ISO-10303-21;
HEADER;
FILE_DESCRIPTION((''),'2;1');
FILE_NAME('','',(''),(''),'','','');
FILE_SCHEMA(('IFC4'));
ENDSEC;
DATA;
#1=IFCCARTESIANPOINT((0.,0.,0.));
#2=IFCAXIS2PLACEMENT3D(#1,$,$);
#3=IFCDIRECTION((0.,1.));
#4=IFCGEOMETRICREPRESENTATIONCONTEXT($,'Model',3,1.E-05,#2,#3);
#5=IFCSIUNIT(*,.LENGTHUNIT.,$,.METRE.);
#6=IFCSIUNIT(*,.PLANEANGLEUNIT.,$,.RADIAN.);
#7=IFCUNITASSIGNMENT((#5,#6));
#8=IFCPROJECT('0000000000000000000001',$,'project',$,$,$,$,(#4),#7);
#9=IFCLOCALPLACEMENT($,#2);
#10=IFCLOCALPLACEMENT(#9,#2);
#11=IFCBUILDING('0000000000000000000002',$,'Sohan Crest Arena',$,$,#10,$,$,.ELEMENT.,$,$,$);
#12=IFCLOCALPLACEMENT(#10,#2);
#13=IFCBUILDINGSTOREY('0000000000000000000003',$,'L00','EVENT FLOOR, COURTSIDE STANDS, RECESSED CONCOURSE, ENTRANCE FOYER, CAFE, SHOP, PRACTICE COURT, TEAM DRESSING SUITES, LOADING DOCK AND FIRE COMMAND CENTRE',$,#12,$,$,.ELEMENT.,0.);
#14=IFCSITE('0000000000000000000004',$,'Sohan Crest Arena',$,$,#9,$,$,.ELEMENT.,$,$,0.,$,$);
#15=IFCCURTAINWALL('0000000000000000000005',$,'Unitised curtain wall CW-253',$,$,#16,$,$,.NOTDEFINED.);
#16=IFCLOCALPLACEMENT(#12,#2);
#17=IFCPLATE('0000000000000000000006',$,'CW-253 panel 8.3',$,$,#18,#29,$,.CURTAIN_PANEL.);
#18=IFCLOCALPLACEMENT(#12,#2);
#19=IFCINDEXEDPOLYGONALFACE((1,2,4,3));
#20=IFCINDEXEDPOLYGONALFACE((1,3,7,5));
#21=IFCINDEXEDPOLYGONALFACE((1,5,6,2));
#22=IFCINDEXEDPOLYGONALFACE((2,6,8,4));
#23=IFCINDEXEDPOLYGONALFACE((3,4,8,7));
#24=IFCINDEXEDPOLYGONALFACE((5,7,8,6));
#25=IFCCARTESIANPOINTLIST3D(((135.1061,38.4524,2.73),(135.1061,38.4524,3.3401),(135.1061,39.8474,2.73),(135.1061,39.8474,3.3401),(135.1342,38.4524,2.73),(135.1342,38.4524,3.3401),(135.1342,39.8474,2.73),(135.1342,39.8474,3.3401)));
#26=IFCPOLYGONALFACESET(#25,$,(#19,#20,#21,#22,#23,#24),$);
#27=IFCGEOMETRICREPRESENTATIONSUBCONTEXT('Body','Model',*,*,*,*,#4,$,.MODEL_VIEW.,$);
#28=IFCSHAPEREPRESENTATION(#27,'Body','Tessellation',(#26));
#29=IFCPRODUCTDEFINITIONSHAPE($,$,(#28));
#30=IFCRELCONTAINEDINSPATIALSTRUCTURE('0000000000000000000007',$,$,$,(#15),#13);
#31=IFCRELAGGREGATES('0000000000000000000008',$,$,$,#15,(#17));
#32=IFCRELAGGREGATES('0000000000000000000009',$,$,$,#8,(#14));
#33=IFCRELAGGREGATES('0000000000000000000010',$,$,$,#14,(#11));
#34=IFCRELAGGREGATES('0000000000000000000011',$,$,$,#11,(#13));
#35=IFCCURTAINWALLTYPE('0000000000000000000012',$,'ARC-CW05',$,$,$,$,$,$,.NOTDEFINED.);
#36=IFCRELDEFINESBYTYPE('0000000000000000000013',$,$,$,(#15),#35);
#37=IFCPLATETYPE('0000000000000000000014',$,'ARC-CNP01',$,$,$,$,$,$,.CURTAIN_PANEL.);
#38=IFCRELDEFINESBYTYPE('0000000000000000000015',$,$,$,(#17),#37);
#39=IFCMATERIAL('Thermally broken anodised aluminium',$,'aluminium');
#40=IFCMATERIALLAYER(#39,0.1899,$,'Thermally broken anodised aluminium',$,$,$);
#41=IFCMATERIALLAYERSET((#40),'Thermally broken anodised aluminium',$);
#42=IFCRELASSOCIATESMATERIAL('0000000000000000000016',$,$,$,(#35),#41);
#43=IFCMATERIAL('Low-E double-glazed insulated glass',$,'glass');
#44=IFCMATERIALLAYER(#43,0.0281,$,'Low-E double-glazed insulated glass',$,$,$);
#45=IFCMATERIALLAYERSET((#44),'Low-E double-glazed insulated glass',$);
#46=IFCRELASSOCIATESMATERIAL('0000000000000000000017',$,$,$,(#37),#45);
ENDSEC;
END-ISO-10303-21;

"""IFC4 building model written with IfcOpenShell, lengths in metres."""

from ifc_helpers import new_model, si_unit, direction, frame, origin, origin_2d, place, context, subcontext, project, spatial, rectangle, extrude, material, layer, layer_set, type_object, element, aggregate, save


model = new_model("IFC4")

# Units and contexts
model_context = context("Model", 3, precision=1e-05, world=origin(), true_north=direction((0.0, 1.0)))
body_context = subcontext(model_context, "Body", "Model", "MODEL_VIEW")
ifc_project = project(units=[si_unit("LENGTHUNIT", "METRE"), si_unit("PLANEANGLEUNIT", "RADIAN")], contexts=[model_context])

# Site, building, storey
site_placement = place(None, origin())
site = spatial("IfcSite", under=ifc_project, at=site_placement, Name="Sohan Crest Arena", CompositionType="ELEMENT", RefElevation=0.0)
building_placement = place(site_placement, origin())
building = spatial("IfcBuilding", under=site, at=building_placement, Name="Sohan Crest Arena", CompositionType="ELEMENT")
storey_placement = place(building_placement, origin())
storey = spatial("IfcBuildingStorey", under=building, at=storey_placement, Name="L00", Description="EVENT FLOOR, COURTSIDE STANDS, RECESSED CONCOURSE, ENTRANCE FOYER, CAFE, SHOP, PRACTICE COURT, TEAM DRESSING SUITES, LOADING DOCK AND FIRE COMMAND CENTRE", CompositionType="ELEMENT", Elevation=0.0)

# Shared definitions
ifc_material_1 = material(Name="Thermally broken anodised aluminium", Category="aluminium")

# Curtain wall
ifc_layer_1 = layer(ifc_material_1, 0.1899, Name="Thermally broken anodised aluminium")
ifc_layer_set_1 = layer_set([ifc_layer_1], Name="Thermally broken anodised aluminium")
curtain_wall_type_1 = type_object("IfcCurtainWallType", Name="ARC-CW05", PredefinedType="NOTDEFINED", material=ifc_layer_set_1)
curtain_wall_1_placement = place(storey_placement, origin())
curtain_wall_1 = element("IfcCurtainWall", 1, at=curtain_wall_1_placement, inside=storey, type_object=curtain_wall_type_1, Name="Unitised curtain wall CW-253", PredefinedType="NOTDEFINED")

# Plate
ifc_material_2 = material(Name="Low-E double-glazed insulated glass", Category="glass")
ifc_layer_2 = layer(ifc_material_2, 0.0281, Name="Low-E double-glazed insulated glass")
ifc_layer_set_2 = layer_set([ifc_layer_2], Name="Low-E double-glazed insulated glass")
plate_type = type_object("IfcPlateType", Name="ARC-CNP01", PredefinedType="CURTAIN_PANEL", material=ifc_layer_set_2)
plate_1_placement = place(storey_placement, frame((135.1201, 39.1499, 2.73), z_axis=(0.0, 0.0, 1.0), x_axis=(0.0, 1.0, 0.0)))
plate_1 = element("IfcPlate", 2, at=plate_1_placement, type_object=plate_type, Name="CW-253 panel 8.3", PredefinedType="CURTAIN_PANEL", context=body_context, shape_type="SweptSolid", body=[
    extrude(rectangle(XDim=1.395, YDim=0.0281, at=origin_2d()), origin(), (0.0, 0.0, 1.0), 0.6101),
])
aggregate(curtain_wall_1, [plate_1])

save(model, "model.ifc")
